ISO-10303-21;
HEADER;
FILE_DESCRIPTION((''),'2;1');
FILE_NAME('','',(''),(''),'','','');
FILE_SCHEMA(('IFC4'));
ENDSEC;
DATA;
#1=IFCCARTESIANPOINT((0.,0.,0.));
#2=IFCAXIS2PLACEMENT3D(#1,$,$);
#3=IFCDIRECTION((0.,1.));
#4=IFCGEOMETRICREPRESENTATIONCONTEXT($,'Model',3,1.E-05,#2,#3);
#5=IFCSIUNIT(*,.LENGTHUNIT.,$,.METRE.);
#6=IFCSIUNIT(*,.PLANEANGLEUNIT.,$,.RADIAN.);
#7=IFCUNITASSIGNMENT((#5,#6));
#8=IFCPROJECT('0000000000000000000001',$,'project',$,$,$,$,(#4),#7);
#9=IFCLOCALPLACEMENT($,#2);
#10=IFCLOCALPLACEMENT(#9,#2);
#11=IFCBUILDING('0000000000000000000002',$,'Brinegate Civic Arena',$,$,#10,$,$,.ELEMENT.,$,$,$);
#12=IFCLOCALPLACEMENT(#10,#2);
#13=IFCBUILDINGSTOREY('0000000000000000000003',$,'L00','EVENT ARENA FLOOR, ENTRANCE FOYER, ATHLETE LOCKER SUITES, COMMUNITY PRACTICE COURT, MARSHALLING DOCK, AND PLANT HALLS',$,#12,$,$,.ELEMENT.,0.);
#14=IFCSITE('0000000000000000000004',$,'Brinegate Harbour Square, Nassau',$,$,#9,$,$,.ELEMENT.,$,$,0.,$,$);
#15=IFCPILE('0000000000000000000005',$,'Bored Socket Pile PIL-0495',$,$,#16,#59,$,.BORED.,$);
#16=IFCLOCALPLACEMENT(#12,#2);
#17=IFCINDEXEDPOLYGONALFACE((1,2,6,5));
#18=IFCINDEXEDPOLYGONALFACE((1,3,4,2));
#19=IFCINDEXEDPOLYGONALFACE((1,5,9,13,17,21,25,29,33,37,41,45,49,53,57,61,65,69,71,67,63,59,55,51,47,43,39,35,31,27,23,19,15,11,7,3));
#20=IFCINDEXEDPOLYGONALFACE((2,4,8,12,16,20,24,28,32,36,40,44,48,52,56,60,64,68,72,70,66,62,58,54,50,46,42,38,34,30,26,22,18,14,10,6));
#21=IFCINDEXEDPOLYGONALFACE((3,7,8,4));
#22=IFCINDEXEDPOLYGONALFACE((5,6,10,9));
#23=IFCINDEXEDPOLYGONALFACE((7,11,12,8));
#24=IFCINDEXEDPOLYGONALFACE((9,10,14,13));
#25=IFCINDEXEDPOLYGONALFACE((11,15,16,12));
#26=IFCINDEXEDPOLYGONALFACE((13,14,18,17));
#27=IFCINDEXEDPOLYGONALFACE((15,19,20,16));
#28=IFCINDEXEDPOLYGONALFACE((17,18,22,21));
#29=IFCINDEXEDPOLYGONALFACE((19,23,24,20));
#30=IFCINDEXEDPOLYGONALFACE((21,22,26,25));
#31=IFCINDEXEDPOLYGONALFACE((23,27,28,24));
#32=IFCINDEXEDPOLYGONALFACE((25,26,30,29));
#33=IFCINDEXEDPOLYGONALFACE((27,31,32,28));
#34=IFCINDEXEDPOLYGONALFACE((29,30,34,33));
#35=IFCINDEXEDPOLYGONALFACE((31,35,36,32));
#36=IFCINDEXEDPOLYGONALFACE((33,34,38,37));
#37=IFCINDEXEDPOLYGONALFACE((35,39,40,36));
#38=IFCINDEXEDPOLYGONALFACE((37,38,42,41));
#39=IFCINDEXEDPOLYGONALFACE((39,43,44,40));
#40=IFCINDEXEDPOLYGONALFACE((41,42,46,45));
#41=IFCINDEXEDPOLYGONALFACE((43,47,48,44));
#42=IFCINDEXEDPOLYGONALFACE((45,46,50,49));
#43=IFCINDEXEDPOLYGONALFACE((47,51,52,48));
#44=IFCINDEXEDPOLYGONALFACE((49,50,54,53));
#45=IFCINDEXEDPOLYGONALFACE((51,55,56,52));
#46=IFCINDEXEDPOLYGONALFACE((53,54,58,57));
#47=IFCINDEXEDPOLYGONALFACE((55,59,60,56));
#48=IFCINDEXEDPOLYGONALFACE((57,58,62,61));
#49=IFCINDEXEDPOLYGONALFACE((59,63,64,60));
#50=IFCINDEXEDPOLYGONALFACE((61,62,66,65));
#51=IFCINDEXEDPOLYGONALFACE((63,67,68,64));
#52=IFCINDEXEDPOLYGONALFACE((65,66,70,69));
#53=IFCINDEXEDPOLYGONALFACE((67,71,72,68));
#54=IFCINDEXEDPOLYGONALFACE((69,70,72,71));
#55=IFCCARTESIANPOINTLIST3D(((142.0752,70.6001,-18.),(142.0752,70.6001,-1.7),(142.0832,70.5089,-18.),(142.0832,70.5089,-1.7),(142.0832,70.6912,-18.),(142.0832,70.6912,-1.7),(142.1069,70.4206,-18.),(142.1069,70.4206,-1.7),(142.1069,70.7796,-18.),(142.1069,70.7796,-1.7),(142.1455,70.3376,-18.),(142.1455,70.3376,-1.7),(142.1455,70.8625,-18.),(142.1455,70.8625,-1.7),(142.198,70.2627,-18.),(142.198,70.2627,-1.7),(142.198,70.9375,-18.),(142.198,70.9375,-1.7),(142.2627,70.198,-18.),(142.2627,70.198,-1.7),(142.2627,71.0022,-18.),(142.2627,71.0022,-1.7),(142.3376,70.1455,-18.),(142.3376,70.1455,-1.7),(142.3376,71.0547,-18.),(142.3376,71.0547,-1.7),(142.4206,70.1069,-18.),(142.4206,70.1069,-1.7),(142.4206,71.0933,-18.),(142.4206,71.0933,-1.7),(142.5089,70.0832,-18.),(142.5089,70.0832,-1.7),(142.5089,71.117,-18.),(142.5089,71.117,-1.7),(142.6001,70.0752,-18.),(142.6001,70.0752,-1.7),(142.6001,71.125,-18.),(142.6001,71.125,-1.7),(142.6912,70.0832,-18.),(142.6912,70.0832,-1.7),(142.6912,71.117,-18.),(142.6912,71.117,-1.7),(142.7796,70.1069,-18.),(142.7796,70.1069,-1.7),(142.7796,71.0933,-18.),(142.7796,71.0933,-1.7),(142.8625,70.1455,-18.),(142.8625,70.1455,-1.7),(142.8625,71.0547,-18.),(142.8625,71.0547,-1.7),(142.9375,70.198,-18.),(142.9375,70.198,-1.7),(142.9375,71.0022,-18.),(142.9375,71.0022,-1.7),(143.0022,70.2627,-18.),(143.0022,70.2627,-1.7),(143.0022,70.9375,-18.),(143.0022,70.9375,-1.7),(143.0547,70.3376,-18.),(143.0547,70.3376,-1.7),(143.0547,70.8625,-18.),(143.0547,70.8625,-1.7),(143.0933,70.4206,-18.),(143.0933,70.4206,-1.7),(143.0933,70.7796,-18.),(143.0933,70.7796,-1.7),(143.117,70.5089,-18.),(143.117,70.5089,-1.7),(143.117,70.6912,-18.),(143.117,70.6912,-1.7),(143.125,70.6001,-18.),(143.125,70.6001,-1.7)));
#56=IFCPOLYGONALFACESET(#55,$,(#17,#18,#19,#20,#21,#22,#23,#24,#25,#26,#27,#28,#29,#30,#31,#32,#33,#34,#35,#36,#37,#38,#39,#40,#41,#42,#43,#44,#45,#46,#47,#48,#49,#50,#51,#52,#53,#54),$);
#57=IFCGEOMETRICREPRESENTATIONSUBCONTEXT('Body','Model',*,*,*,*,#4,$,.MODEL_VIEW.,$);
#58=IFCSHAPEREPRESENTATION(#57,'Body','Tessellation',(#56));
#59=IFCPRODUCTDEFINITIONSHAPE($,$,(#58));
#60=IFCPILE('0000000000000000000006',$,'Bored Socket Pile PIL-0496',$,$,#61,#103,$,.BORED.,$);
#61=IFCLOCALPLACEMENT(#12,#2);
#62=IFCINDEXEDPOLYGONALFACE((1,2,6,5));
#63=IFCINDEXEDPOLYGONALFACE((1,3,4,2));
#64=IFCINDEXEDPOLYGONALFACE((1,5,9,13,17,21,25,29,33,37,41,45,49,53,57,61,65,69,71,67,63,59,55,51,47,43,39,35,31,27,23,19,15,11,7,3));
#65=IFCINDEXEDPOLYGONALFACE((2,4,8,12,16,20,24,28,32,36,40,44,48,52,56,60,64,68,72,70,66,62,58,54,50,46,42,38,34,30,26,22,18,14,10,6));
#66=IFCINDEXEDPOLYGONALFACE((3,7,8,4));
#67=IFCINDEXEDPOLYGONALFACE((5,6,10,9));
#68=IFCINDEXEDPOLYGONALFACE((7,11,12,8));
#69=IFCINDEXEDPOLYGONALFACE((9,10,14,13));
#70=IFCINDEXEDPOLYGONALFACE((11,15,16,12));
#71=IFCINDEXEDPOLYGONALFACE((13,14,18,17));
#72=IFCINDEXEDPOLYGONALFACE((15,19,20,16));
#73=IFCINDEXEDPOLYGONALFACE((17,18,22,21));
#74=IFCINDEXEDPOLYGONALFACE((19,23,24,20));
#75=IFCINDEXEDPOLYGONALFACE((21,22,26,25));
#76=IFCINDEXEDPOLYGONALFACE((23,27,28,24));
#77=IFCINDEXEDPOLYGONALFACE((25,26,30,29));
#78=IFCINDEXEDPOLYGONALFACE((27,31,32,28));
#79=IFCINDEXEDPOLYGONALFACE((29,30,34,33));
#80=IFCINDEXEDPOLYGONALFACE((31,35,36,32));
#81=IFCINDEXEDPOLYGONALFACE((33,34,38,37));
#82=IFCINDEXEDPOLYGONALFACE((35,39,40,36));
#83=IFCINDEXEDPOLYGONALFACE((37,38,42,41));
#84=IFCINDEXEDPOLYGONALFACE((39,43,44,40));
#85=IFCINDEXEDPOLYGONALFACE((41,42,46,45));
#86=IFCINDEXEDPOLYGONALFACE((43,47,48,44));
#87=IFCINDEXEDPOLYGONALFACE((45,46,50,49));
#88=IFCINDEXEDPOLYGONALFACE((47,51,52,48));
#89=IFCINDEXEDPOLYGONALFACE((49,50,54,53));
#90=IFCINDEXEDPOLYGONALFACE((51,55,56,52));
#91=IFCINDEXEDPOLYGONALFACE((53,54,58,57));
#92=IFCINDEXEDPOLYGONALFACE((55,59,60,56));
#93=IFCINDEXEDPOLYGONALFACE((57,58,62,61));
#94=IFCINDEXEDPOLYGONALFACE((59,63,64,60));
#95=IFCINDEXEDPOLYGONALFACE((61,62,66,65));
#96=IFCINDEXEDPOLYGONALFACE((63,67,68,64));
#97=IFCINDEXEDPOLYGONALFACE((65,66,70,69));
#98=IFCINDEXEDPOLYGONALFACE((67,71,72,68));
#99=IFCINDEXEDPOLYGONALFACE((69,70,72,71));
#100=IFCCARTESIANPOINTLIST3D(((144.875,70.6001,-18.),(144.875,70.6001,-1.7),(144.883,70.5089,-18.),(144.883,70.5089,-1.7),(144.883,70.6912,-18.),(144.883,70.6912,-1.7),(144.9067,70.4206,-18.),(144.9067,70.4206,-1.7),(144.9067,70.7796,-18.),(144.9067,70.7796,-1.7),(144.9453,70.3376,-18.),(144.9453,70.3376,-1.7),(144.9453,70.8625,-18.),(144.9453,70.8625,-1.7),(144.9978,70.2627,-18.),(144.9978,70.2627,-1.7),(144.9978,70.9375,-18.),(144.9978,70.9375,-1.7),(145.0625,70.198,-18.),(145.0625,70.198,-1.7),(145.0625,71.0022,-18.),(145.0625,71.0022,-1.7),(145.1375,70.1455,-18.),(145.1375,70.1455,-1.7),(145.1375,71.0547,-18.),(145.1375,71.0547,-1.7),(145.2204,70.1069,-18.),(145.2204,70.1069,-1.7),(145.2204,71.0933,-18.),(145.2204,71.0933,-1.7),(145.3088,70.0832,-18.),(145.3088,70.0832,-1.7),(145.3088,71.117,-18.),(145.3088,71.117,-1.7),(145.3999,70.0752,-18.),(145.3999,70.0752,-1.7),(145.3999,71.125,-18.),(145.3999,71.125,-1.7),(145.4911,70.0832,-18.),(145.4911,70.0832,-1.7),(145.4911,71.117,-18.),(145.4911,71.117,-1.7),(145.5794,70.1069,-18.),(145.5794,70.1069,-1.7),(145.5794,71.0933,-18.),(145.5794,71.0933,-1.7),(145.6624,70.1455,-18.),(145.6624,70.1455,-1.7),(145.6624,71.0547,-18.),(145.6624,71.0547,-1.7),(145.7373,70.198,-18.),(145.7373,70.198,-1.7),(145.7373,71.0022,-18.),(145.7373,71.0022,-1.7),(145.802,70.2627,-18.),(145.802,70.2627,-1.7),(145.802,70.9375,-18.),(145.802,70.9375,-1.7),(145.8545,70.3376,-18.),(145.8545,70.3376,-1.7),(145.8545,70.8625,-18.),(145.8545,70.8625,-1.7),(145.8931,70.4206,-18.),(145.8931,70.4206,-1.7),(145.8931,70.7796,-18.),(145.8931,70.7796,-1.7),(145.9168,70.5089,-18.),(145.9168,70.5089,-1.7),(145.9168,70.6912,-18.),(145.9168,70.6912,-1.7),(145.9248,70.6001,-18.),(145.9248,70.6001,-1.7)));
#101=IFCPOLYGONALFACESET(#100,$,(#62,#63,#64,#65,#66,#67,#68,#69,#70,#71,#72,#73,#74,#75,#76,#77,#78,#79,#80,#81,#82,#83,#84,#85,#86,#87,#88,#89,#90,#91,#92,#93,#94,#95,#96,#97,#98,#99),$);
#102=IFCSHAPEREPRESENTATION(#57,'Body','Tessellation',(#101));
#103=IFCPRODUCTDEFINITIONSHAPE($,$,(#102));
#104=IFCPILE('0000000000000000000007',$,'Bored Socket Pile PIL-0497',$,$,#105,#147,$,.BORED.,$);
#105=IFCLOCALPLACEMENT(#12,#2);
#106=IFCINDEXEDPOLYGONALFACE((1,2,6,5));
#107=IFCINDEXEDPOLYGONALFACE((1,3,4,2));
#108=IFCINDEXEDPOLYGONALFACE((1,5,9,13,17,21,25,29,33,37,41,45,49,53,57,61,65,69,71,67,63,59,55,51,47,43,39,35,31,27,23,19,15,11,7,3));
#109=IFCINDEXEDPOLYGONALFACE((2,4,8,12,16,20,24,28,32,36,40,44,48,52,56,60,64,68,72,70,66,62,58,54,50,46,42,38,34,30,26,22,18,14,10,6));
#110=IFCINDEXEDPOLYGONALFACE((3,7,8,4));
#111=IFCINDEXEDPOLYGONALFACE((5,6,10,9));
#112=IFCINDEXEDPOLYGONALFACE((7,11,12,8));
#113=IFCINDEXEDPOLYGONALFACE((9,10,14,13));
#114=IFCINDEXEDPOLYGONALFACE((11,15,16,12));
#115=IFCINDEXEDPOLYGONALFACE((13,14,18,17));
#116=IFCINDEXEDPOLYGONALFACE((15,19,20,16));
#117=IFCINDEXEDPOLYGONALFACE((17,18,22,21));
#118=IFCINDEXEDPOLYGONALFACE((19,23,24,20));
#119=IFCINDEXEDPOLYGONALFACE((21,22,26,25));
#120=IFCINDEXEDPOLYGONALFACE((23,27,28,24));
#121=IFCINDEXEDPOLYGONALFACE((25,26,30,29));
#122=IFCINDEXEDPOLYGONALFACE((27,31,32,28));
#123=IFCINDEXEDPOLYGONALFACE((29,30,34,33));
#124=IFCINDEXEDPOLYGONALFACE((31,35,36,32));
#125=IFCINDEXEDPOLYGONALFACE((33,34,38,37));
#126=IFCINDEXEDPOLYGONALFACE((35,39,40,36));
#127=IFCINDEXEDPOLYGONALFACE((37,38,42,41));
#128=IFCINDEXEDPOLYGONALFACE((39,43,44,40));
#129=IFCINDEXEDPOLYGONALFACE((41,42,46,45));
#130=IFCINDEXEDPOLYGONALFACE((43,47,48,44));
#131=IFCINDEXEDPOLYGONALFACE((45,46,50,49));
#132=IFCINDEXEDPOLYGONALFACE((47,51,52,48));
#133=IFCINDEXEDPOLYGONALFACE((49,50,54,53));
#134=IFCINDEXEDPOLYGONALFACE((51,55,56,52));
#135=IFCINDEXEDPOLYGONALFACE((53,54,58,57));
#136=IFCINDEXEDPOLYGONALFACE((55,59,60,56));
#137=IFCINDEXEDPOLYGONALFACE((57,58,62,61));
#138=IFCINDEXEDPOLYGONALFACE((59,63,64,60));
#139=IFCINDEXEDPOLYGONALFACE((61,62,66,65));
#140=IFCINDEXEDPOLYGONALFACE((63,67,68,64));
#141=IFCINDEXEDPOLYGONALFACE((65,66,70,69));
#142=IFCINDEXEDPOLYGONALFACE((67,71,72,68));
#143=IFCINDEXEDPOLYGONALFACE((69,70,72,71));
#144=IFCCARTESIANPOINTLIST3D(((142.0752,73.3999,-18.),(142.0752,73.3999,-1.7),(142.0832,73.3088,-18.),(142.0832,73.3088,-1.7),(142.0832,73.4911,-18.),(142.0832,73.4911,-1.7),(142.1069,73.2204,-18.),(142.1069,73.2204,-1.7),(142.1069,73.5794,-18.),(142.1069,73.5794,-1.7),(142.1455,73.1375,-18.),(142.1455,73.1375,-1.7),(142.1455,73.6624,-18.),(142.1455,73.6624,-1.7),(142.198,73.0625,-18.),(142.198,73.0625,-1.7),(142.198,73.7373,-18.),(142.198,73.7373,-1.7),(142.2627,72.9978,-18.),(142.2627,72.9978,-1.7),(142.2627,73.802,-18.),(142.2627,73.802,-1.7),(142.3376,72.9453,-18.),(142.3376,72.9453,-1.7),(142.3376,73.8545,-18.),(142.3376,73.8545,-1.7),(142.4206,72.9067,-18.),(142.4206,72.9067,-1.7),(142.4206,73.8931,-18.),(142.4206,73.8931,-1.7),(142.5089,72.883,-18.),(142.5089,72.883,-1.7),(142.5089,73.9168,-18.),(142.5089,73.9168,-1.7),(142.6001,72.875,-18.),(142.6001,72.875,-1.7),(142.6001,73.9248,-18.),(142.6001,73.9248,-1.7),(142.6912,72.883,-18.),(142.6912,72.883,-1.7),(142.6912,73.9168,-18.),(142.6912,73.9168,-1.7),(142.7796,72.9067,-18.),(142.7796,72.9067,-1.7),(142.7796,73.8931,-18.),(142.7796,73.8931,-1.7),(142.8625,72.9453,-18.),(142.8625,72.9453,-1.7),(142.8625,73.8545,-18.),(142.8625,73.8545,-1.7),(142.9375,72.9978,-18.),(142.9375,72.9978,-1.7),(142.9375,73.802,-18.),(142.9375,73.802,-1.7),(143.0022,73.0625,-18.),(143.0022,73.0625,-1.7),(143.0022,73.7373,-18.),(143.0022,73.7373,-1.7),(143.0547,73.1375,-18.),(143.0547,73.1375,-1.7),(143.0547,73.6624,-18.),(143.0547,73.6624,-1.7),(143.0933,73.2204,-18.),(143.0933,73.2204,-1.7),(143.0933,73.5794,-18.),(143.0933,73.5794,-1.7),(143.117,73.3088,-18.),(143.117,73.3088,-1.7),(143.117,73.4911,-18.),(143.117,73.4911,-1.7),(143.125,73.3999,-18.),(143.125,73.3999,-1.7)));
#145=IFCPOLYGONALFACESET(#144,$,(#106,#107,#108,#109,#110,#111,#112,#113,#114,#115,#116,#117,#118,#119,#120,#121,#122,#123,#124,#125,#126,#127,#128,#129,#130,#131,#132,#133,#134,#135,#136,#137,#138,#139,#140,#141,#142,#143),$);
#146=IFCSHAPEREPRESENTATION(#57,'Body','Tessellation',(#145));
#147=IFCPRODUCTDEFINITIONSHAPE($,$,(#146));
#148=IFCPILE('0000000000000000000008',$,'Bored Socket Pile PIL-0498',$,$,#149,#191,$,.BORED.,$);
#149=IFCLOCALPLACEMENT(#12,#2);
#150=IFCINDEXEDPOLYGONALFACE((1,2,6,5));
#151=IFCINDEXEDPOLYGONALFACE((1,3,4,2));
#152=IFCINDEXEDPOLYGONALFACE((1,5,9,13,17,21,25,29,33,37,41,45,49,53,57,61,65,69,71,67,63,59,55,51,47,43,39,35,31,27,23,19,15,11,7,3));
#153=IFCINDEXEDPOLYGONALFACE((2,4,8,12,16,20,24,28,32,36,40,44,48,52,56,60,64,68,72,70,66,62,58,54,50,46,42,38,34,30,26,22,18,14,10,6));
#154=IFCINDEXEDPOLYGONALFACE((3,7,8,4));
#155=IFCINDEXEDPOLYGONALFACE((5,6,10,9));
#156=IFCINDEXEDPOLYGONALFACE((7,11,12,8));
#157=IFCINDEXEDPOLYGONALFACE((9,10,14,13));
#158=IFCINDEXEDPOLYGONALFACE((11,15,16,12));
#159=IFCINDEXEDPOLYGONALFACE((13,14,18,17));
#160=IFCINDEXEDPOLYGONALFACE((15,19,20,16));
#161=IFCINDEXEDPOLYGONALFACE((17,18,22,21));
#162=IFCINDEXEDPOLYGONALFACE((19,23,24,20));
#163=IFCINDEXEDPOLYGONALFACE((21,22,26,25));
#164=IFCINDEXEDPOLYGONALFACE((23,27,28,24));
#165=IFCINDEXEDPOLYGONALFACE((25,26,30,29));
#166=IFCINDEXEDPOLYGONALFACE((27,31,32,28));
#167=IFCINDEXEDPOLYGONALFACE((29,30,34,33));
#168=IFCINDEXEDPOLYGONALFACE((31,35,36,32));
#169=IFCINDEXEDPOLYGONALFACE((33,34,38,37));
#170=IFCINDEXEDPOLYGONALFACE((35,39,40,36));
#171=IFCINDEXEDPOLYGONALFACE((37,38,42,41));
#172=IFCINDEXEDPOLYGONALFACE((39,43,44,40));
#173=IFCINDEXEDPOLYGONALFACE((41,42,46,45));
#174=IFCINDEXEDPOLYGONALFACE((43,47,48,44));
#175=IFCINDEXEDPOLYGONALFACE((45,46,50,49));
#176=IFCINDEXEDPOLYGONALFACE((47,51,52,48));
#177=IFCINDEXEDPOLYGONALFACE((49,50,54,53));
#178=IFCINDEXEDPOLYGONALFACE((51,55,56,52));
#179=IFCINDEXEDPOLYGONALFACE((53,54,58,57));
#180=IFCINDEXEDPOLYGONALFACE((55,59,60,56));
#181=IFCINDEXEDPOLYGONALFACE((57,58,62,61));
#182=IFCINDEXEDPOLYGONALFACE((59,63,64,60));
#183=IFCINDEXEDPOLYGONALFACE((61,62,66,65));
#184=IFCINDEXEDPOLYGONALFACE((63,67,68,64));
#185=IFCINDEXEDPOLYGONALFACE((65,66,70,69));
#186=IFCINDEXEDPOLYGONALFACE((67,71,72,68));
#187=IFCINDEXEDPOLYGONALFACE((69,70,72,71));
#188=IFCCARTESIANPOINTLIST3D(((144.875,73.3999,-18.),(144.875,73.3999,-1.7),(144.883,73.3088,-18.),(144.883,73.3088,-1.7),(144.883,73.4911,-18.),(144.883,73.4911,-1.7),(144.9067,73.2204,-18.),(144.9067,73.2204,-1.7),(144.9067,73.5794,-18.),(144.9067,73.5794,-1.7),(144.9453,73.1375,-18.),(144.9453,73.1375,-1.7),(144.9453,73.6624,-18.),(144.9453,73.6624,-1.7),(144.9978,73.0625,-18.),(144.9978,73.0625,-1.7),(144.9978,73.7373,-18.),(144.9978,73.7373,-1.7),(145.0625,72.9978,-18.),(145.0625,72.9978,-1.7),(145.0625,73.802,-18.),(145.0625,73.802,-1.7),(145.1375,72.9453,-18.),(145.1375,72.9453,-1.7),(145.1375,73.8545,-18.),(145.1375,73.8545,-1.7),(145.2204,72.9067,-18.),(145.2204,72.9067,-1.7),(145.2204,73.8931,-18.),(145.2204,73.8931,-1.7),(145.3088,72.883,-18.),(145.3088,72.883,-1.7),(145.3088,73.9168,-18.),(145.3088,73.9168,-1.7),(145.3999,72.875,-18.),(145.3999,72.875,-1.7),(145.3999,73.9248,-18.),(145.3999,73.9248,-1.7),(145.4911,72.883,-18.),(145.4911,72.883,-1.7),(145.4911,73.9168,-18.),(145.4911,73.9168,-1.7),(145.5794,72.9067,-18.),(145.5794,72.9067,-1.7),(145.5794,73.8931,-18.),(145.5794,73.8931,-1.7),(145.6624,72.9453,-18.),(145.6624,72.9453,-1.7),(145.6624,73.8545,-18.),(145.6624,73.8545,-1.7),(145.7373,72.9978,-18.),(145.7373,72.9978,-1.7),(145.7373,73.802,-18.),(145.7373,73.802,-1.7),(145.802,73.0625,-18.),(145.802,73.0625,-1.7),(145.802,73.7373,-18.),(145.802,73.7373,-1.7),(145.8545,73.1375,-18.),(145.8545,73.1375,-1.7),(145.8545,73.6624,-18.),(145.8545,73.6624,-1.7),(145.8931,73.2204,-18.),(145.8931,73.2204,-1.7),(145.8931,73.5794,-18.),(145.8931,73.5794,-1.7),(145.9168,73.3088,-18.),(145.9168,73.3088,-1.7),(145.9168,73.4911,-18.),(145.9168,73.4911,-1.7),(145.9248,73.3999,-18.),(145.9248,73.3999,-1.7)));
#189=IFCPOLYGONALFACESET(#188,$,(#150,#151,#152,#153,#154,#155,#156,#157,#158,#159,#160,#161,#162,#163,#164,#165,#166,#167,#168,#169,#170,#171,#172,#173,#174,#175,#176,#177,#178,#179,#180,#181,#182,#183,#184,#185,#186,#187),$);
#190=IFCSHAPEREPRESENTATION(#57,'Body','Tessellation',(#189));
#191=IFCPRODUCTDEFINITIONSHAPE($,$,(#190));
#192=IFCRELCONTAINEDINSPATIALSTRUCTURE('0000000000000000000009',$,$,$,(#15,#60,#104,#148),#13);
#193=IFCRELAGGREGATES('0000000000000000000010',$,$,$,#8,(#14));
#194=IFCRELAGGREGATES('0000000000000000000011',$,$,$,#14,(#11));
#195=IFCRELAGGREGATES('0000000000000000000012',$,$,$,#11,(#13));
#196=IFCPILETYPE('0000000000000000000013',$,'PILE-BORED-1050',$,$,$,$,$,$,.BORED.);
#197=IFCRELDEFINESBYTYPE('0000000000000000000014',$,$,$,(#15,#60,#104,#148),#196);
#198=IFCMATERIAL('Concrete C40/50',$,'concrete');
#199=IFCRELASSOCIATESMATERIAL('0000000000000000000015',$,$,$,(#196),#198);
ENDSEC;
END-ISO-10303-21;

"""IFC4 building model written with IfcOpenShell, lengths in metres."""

from ifc_helpers import new_model, si_unit, direction, frame, origin, origin_2d, place, context, subcontext, project, spatial, circle, extrude, material, material_profile, profile_set, type_object, element, save


model = new_model("IFC4")

# Units and contexts
model_context = context("Model", 3, precision=1e-05, world=origin(), true_north=direction((0.0, 1.0)))
body_context = subcontext(model_context, "Body", "Model", "MODEL_VIEW")
ifc_project = project(units=[si_unit("LENGTHUNIT", "METRE"), si_unit("PLANEANGLEUNIT", "RADIAN")], contexts=[model_context])

# Site, building, storey
site_placement = place(None, origin())
site = spatial("IfcSite", under=ifc_project, at=site_placement, Name="Brinegate Harbour Square, Nassau", CompositionType="ELEMENT", RefElevation=0.0)
building_placement = place(site_placement, origin())
building = spatial("IfcBuilding", under=site, at=building_placement, Name="Brinegate Civic Arena", CompositionType="ELEMENT")
storey_placement = place(building_placement, origin())
storey = spatial("IfcBuildingStorey", under=building, at=storey_placement, Name="L00", Description="EVENT ARENA FLOOR, ENTRANCE FOYER, ATHLETE LOCKER SUITES, COMMUNITY PRACTICE COURT, MARSHALLING DOCK, AND PLANT HALLS", CompositionType="ELEMENT", Elevation=0.0)

# Shared definitions
ifc_material_1 = material(Name="Concrete C40/50", Category="concrete")

# Piles
ifc_material_profile_1 = material_profile(ifc_material_1, circle(Radius=0.5249, at=origin_2d()), Name="PILED1050")
ifc_profile_set_1 = profile_set([ifc_material_profile_1], Name="Concrete C40/50")
pile_type = type_object("IfcPileType", Name="PILE-BORED-1050", PredefinedType="BORED", material=ifc_profile_set_1)
for number, where, z_axis, x_axis, name in (
    (1, (142.6001, 70.6001, -1.7), (0.0, 0.0, -1.0), (1.0, 0.0, 0.0), "Bored Socket Pile PIL-0495"),
    (2, (145.3999, 70.6001, -1.7), (0.0, 0.0, -1.0), (1.0, 0.0, 0.0), "Bored Socket Pile PIL-0496"),
    (3, (142.6001, 73.3999, -1.7), (0.0, 0.0, -1.0), (1.0, 0.0, 0.0), "Bored Socket Pile PIL-0497"),
    (4, (145.3999, 73.3999, -1.7), (0.0, 0.0, -1.0), (1.0, 0.0, 0.0), "Bored Socket Pile PIL-0498"),
):
    element("IfcPile", number, at=place(storey_placement, frame(where, z_axis=z_axis, x_axis=x_axis)), inside=storey, type_object=pile_type, Name=name, PredefinedType="BORED", context=body_context, shape_type="SweptSolid", body=[
        extrude(circle(Radius=0.5249, at=origin_2d()), origin(), (0.0, 0.0, 1.0), 16.3),
    ])

save(model, "model.ifc")
